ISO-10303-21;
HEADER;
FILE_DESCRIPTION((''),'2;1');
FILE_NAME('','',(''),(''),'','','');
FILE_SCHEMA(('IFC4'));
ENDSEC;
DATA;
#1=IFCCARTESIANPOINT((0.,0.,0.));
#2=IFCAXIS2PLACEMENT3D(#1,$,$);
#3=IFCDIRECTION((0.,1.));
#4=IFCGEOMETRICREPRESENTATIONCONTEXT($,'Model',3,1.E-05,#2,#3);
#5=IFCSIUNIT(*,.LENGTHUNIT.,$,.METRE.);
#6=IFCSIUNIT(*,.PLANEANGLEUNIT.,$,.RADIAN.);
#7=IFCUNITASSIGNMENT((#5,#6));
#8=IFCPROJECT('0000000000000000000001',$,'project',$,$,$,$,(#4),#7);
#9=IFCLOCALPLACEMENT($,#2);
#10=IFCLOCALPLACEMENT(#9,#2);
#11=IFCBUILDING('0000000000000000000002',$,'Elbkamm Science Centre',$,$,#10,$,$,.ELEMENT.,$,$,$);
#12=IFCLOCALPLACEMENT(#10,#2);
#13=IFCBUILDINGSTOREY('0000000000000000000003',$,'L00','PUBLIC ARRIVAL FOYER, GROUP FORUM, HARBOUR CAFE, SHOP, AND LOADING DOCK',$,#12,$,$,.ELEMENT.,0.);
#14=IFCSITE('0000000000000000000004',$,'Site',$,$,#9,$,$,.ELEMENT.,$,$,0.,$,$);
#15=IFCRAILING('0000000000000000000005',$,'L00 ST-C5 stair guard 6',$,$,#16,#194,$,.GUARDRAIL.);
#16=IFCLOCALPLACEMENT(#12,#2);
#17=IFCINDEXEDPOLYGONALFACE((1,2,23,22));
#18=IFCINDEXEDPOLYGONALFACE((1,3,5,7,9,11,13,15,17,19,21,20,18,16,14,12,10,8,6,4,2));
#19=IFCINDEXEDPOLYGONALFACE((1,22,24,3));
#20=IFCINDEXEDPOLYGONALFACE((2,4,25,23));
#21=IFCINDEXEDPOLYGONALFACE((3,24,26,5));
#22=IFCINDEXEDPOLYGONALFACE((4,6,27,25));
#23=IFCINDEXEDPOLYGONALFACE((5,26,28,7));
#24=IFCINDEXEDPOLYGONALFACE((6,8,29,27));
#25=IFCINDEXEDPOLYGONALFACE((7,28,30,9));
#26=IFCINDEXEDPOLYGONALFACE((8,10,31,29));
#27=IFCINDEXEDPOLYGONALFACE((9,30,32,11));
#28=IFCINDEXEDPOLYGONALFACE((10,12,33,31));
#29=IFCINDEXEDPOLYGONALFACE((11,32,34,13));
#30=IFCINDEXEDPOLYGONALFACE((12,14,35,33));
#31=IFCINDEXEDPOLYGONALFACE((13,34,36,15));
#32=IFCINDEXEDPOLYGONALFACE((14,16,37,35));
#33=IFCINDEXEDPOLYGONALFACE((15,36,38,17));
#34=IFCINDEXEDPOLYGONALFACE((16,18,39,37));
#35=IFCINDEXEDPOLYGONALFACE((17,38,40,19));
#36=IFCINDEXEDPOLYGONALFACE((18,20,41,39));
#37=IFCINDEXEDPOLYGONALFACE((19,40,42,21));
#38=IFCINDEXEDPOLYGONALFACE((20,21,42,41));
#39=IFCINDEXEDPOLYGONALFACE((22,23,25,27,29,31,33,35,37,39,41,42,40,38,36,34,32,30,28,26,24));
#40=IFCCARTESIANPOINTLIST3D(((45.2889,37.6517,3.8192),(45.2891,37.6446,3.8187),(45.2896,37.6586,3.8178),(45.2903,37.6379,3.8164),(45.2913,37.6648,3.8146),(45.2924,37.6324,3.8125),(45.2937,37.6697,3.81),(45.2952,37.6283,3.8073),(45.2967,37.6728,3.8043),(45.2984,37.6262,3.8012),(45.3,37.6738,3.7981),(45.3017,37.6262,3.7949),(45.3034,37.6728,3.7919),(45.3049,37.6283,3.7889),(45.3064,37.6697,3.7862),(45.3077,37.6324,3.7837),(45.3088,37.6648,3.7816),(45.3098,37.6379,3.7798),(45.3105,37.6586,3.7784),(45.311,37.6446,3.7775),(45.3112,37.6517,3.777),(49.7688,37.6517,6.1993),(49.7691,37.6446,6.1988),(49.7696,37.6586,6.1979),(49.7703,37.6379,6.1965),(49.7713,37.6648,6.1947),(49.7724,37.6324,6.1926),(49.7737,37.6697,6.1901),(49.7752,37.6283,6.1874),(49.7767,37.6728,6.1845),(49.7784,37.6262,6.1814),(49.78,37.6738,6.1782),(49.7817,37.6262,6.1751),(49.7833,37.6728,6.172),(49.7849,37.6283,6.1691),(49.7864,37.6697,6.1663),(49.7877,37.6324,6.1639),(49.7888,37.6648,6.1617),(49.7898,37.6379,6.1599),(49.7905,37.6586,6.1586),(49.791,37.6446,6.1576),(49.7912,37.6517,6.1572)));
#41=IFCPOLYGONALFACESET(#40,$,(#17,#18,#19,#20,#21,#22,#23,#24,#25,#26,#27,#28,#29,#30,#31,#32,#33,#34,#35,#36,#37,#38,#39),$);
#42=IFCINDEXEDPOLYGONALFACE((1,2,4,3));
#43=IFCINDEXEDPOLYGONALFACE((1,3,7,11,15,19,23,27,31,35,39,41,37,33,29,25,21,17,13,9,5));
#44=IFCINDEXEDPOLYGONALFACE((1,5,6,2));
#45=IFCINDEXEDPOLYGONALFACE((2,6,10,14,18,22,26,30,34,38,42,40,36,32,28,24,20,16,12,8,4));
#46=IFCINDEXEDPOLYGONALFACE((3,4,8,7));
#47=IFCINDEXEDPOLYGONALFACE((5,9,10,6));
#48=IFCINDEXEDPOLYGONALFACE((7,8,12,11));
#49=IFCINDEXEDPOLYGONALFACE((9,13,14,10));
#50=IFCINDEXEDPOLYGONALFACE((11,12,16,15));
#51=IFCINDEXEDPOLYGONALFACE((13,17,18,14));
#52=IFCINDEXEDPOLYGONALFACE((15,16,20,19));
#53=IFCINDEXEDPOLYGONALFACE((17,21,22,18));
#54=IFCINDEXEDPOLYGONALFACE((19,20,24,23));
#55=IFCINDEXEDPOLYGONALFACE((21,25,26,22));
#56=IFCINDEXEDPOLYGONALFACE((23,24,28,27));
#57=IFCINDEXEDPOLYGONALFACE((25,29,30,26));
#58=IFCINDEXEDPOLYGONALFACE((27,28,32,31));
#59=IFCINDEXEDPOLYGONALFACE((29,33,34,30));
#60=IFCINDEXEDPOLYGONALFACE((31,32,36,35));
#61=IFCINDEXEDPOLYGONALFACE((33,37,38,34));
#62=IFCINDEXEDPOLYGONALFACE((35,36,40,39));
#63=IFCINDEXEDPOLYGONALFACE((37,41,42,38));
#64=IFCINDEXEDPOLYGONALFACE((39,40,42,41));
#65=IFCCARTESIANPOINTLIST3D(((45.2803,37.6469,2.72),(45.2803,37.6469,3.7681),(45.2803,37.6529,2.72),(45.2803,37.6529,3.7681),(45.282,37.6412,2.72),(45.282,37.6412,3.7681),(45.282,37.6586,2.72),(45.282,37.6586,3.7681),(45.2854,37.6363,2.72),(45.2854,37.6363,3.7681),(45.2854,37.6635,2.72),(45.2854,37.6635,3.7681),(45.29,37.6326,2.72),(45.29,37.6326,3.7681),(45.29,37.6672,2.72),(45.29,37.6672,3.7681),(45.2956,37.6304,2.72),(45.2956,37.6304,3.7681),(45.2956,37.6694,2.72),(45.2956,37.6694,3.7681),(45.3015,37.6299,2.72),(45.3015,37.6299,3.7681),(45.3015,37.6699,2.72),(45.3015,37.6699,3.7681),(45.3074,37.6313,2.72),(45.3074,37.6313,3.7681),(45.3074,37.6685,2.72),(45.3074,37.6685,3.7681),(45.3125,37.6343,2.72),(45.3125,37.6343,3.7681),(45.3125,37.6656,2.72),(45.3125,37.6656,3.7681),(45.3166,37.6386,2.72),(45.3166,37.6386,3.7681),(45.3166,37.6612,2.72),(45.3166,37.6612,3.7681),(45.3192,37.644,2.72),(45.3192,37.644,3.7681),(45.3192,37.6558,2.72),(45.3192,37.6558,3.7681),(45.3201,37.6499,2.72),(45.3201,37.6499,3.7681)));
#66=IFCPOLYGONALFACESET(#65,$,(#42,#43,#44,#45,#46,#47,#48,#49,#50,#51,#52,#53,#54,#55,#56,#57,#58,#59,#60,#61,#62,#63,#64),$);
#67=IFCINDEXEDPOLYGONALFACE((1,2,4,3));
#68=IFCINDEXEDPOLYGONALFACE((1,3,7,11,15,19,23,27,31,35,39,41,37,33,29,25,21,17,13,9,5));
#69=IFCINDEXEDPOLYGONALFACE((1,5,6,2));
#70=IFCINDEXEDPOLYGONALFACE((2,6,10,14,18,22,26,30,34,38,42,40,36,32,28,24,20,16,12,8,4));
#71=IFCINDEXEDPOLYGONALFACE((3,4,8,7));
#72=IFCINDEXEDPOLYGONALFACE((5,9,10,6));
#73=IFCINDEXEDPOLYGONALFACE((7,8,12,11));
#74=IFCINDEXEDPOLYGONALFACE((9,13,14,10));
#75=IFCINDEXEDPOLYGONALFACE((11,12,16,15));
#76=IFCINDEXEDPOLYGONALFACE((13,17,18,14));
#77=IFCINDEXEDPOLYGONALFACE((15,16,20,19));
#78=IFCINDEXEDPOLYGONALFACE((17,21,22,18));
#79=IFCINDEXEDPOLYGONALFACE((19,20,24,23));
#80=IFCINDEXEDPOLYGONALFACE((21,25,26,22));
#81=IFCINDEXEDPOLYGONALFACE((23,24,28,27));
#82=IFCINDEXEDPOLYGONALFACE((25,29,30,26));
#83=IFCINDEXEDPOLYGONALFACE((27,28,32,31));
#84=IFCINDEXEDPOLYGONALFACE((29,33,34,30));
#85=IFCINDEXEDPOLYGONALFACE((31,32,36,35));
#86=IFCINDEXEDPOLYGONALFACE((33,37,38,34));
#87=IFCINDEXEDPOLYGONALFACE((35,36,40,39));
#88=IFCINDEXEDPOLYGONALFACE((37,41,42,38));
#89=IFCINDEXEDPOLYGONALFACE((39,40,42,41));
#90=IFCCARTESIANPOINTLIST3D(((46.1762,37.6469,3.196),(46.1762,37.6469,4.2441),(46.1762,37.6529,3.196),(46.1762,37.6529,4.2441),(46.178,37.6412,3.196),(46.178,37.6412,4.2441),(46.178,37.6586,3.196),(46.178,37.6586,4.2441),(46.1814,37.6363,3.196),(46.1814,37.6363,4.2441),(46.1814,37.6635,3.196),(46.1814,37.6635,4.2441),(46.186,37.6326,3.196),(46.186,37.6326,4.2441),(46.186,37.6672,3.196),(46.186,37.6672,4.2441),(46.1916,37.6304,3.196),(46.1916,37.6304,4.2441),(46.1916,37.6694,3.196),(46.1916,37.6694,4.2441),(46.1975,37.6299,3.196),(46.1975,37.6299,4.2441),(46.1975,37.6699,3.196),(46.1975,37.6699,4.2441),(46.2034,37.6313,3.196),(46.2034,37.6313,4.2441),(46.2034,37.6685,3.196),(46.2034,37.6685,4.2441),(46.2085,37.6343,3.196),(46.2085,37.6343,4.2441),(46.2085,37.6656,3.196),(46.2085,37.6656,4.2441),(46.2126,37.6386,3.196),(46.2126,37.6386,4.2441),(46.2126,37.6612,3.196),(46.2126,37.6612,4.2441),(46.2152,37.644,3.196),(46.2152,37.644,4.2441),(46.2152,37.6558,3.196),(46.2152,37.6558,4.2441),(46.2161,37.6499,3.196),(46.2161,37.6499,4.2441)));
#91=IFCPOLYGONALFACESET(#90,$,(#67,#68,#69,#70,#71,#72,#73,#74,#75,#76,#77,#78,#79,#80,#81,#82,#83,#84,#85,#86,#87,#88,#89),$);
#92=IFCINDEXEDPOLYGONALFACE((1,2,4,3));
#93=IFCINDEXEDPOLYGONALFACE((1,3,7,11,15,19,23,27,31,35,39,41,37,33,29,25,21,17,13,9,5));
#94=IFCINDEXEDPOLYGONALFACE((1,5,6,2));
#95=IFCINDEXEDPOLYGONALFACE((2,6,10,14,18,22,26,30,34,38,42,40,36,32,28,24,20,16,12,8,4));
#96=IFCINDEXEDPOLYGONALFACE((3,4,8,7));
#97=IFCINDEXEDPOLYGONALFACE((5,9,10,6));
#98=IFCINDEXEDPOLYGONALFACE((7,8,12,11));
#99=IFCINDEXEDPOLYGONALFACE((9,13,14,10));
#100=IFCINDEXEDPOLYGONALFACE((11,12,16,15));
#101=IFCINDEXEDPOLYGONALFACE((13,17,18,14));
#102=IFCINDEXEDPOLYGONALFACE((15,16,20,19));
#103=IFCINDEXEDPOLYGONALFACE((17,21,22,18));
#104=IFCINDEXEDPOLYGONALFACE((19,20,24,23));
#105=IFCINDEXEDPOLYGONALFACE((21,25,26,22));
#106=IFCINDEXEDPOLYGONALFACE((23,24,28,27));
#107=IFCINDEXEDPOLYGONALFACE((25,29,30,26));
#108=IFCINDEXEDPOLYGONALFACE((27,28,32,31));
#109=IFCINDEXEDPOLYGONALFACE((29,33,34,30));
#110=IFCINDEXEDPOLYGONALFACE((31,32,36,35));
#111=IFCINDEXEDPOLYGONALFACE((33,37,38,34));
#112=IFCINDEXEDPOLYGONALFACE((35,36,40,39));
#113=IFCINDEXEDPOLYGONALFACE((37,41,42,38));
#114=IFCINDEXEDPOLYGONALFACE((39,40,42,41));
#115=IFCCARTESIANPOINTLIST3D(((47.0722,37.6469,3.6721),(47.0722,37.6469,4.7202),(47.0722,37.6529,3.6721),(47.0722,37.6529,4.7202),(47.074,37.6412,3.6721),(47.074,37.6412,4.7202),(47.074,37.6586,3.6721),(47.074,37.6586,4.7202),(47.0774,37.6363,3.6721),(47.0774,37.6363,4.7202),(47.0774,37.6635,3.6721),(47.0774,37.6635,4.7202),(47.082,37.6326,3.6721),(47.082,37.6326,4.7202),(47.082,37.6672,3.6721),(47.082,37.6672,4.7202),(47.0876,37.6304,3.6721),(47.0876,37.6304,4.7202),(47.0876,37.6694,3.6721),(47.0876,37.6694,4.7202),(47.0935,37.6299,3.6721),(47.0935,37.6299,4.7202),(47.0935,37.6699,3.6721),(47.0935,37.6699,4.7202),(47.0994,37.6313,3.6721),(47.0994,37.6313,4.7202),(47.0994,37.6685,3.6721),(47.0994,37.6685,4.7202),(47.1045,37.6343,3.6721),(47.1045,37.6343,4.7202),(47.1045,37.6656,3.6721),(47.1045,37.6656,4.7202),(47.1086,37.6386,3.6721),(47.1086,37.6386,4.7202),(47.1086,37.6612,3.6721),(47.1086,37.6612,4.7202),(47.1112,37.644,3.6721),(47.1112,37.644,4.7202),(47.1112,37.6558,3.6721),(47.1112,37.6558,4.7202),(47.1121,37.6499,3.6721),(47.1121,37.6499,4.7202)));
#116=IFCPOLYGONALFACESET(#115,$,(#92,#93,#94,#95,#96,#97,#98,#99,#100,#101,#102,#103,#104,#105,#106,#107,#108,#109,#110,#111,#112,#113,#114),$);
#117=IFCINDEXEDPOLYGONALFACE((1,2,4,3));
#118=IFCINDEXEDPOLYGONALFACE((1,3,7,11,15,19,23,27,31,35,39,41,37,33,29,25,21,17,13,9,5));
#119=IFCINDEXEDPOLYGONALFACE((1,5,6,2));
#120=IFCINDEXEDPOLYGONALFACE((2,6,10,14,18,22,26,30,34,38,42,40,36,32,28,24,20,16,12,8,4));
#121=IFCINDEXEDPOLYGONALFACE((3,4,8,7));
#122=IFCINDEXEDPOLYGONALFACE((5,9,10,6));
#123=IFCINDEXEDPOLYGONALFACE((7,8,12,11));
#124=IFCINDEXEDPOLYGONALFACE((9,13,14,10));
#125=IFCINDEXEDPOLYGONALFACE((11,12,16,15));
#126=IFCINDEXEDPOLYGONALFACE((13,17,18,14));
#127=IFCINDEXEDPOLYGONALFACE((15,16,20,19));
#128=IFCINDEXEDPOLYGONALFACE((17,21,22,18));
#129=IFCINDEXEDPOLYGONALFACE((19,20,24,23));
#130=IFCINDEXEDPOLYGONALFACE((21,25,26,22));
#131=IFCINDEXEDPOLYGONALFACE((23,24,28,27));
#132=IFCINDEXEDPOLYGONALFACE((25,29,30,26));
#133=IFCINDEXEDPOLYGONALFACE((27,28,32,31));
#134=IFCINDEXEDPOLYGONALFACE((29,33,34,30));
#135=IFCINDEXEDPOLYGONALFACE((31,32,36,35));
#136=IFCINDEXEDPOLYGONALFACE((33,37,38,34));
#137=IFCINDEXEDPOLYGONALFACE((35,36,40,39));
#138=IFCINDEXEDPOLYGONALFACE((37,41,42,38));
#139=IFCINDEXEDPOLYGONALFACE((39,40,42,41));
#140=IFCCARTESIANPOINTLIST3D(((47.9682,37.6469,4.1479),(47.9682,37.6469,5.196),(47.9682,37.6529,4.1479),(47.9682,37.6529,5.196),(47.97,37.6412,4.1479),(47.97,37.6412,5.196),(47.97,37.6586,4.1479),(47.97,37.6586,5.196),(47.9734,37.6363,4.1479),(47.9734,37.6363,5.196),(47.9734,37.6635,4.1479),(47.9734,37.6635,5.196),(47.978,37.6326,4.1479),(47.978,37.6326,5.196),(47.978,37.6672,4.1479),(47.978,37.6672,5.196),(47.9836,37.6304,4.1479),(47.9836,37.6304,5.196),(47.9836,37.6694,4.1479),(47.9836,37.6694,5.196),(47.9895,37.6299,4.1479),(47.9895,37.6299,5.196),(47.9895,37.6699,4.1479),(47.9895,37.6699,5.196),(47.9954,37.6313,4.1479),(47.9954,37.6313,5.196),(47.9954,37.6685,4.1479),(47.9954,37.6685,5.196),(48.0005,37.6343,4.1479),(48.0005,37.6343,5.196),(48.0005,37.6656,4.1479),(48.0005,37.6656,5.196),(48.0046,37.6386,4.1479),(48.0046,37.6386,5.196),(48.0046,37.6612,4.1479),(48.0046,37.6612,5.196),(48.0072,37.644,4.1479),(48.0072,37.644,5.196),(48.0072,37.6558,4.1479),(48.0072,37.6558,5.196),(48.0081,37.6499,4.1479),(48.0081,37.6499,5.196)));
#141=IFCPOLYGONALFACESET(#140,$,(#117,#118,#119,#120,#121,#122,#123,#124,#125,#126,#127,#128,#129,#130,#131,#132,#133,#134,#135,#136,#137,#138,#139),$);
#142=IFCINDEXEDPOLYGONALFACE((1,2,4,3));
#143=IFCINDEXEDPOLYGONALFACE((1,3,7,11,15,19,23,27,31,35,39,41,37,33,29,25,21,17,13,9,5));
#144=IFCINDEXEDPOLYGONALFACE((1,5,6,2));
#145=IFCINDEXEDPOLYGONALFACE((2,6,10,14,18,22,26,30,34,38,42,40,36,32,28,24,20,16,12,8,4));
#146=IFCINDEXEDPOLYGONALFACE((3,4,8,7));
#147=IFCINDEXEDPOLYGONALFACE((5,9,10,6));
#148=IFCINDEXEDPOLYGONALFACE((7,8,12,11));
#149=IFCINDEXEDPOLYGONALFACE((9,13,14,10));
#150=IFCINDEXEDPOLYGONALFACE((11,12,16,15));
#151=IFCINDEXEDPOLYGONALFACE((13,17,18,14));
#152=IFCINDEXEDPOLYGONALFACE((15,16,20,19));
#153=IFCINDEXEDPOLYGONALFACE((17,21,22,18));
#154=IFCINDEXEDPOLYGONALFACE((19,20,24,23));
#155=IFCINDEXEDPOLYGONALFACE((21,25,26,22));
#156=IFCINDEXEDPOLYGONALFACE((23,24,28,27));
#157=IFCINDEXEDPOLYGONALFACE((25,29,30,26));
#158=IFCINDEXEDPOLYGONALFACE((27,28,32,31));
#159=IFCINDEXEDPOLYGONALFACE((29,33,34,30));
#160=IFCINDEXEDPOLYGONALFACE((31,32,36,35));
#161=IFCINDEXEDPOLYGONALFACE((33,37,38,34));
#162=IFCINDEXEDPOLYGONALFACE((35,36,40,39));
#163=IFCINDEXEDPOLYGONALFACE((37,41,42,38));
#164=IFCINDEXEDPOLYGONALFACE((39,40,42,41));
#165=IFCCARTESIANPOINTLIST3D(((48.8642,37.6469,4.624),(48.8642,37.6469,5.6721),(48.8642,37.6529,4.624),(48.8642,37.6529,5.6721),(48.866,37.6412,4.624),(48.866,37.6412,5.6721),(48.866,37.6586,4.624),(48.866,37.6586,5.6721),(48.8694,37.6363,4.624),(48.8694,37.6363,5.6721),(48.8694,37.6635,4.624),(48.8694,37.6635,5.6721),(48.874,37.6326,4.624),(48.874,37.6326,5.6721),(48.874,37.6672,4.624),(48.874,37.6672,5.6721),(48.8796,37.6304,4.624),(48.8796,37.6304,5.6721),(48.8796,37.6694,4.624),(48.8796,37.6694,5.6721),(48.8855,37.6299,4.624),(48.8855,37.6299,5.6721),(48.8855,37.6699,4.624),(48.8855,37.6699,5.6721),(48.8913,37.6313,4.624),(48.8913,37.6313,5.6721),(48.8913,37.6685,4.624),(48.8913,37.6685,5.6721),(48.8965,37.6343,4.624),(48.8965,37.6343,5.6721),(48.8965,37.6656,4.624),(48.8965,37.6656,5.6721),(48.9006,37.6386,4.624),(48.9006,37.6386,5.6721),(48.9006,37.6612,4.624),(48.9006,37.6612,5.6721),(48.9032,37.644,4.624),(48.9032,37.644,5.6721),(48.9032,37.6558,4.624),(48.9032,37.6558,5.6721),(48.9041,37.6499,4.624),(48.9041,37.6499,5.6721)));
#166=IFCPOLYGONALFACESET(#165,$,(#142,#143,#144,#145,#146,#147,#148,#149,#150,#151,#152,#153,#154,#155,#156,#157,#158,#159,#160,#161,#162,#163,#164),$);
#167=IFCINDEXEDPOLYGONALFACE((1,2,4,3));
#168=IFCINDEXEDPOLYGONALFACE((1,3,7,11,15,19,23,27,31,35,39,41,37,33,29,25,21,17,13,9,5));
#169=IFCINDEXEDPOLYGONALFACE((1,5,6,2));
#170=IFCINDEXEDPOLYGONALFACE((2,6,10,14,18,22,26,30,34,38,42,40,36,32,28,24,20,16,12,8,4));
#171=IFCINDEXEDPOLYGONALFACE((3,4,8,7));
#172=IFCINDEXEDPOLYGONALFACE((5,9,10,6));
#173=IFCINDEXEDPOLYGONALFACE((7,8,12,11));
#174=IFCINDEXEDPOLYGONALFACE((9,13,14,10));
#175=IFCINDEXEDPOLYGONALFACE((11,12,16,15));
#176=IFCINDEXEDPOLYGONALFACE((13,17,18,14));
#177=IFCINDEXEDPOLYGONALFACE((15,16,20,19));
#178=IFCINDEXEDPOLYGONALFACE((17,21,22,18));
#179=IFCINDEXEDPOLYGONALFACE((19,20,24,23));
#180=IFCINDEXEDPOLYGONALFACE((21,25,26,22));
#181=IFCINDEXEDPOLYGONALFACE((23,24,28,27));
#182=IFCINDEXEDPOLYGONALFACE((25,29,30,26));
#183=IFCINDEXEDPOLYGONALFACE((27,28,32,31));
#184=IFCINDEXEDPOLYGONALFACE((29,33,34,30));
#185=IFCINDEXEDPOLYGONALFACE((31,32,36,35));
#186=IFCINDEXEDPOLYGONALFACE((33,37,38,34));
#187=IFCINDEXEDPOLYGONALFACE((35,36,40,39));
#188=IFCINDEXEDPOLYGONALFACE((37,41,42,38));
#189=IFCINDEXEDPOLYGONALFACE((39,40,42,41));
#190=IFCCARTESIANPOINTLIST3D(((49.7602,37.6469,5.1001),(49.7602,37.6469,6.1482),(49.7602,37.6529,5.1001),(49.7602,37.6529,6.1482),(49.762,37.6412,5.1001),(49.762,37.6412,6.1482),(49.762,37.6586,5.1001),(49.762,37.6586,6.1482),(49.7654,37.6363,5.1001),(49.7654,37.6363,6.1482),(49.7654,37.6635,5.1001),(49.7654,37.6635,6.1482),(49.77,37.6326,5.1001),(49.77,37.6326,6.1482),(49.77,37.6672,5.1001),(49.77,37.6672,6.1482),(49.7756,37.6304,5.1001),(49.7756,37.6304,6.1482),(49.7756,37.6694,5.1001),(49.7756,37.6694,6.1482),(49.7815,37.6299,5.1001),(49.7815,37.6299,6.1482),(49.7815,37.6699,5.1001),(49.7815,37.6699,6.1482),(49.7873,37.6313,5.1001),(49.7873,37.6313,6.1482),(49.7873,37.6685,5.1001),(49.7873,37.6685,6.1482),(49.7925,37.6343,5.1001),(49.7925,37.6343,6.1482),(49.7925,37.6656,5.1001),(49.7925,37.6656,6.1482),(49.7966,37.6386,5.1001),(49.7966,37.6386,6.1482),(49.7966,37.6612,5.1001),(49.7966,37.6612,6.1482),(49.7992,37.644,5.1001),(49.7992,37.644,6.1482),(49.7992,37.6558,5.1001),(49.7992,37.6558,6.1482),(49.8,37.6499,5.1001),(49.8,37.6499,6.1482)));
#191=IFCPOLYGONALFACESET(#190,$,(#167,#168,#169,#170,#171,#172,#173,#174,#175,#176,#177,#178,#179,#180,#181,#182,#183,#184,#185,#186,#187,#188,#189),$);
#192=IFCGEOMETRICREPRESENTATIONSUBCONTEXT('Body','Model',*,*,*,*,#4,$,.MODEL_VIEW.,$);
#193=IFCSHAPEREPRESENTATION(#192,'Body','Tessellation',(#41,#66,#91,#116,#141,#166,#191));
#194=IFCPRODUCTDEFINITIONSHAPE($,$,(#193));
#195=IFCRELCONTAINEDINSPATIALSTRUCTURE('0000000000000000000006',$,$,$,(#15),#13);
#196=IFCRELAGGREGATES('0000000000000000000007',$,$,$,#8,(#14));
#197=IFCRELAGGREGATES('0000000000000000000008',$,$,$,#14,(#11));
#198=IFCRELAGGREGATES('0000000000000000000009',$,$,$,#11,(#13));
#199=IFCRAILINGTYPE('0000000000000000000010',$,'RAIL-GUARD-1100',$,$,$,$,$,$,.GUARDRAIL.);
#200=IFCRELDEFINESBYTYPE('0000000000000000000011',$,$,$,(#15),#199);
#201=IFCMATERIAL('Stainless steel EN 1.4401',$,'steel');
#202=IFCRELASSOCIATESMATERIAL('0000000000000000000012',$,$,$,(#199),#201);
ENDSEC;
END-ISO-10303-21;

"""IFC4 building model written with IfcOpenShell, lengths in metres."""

from ifc_helpers import new_model, si_unit, direction, frame, origin, origin_2d, place, context, subcontext, project, spatial, circle, extrude, material, type_object, element, save


model = new_model("IFC4")

# Units and contexts
model_context = context("Model", 3, precision=1e-05, world=origin(), true_north=direction((0.0, 1.0)))
body_context = subcontext(model_context, "Body", "Model", "MODEL_VIEW")
ifc_project = project(units=[si_unit("LENGTHUNIT", "METRE"), si_unit("PLANEANGLEUNIT", "RADIAN")], contexts=[model_context])

# Site, building, storey
site_placement = place(None, origin())
site = spatial("IfcSite", under=ifc_project, at=site_placement, Name="Site", CompositionType="ELEMENT", RefElevation=0.0)
building_placement = place(site_placement, origin())
building = spatial("IfcBuilding", under=site, at=building_placement, Name="Elbkamm Science Centre", CompositionType="ELEMENT")
storey_placement = place(building_placement, origin())
storey = spatial("IfcBuildingStorey", under=building, at=storey_placement, Name="L00", Description="PUBLIC ARRIVAL FOYER, GROUP FORUM, HARBOUR CAFE, SHOP, AND LOADING DOCK", CompositionType="ELEMENT", Elevation=0.0)

# Railing
ifc_material_1 = material(Name="Stainless steel EN 1.4401", Category="steel")
railing_type_1 = type_object("IfcRailingType", Name="RAIL-GUARD-1100", PredefinedType="GUARDRAIL", material=ifc_material_1)
railing_1_placement = place(storey_placement, frame((45.3, 37.6499, 2.72)))
element("IfcRailing", 1, at=railing_1_placement, inside=storey, type_object=railing_type_1, Name="L00 ST-C5 stair guard 6", PredefinedType="GUARDRAIL", context=body_context, shape_type="SweptSolid", body=[
    extrude(circle(Radius=0.0239, at=origin_2d()), frame((0.0, 0.0, 1.0781), z_axis=(0.883105, 0.0, 0.469176), x_axis=(0.0, 1.0, 0.0)), (0.0, 0.0, 1.0), 5.073),
    extrude(circle(Radius=0.02, at=origin_2d()), origin(), (0.0, 0.0, 1.0), 1.0481),
    extrude(circle(Radius=0.02, at=origin_2d()), frame((0.896, 0.0, 0.4761)), (0.0, 0.0, 1.0), 1.0481),
    extrude(circle(Radius=0.02, at=origin_2d()), frame((1.792, 0.0, 0.9521)), (0.0, 0.0, 1.0), 1.0481),
    extrude(circle(Radius=0.02, at=origin_2d()), frame((2.688, 0.0, 1.428)), (0.0, 0.0, 1.0), 1.0481),
    extrude(circle(Radius=0.02, at=origin_2d()), frame((3.584, 0.0, 1.9041)), (0.0, 0.0, 1.0), 1.0481),
    extrude(circle(Radius=0.02, at=origin_2d()), frame((4.48, 0.0, 2.3801)), (0.0, 0.0, 1.0), 1.0481),
])

save(model, "model.ifc")
